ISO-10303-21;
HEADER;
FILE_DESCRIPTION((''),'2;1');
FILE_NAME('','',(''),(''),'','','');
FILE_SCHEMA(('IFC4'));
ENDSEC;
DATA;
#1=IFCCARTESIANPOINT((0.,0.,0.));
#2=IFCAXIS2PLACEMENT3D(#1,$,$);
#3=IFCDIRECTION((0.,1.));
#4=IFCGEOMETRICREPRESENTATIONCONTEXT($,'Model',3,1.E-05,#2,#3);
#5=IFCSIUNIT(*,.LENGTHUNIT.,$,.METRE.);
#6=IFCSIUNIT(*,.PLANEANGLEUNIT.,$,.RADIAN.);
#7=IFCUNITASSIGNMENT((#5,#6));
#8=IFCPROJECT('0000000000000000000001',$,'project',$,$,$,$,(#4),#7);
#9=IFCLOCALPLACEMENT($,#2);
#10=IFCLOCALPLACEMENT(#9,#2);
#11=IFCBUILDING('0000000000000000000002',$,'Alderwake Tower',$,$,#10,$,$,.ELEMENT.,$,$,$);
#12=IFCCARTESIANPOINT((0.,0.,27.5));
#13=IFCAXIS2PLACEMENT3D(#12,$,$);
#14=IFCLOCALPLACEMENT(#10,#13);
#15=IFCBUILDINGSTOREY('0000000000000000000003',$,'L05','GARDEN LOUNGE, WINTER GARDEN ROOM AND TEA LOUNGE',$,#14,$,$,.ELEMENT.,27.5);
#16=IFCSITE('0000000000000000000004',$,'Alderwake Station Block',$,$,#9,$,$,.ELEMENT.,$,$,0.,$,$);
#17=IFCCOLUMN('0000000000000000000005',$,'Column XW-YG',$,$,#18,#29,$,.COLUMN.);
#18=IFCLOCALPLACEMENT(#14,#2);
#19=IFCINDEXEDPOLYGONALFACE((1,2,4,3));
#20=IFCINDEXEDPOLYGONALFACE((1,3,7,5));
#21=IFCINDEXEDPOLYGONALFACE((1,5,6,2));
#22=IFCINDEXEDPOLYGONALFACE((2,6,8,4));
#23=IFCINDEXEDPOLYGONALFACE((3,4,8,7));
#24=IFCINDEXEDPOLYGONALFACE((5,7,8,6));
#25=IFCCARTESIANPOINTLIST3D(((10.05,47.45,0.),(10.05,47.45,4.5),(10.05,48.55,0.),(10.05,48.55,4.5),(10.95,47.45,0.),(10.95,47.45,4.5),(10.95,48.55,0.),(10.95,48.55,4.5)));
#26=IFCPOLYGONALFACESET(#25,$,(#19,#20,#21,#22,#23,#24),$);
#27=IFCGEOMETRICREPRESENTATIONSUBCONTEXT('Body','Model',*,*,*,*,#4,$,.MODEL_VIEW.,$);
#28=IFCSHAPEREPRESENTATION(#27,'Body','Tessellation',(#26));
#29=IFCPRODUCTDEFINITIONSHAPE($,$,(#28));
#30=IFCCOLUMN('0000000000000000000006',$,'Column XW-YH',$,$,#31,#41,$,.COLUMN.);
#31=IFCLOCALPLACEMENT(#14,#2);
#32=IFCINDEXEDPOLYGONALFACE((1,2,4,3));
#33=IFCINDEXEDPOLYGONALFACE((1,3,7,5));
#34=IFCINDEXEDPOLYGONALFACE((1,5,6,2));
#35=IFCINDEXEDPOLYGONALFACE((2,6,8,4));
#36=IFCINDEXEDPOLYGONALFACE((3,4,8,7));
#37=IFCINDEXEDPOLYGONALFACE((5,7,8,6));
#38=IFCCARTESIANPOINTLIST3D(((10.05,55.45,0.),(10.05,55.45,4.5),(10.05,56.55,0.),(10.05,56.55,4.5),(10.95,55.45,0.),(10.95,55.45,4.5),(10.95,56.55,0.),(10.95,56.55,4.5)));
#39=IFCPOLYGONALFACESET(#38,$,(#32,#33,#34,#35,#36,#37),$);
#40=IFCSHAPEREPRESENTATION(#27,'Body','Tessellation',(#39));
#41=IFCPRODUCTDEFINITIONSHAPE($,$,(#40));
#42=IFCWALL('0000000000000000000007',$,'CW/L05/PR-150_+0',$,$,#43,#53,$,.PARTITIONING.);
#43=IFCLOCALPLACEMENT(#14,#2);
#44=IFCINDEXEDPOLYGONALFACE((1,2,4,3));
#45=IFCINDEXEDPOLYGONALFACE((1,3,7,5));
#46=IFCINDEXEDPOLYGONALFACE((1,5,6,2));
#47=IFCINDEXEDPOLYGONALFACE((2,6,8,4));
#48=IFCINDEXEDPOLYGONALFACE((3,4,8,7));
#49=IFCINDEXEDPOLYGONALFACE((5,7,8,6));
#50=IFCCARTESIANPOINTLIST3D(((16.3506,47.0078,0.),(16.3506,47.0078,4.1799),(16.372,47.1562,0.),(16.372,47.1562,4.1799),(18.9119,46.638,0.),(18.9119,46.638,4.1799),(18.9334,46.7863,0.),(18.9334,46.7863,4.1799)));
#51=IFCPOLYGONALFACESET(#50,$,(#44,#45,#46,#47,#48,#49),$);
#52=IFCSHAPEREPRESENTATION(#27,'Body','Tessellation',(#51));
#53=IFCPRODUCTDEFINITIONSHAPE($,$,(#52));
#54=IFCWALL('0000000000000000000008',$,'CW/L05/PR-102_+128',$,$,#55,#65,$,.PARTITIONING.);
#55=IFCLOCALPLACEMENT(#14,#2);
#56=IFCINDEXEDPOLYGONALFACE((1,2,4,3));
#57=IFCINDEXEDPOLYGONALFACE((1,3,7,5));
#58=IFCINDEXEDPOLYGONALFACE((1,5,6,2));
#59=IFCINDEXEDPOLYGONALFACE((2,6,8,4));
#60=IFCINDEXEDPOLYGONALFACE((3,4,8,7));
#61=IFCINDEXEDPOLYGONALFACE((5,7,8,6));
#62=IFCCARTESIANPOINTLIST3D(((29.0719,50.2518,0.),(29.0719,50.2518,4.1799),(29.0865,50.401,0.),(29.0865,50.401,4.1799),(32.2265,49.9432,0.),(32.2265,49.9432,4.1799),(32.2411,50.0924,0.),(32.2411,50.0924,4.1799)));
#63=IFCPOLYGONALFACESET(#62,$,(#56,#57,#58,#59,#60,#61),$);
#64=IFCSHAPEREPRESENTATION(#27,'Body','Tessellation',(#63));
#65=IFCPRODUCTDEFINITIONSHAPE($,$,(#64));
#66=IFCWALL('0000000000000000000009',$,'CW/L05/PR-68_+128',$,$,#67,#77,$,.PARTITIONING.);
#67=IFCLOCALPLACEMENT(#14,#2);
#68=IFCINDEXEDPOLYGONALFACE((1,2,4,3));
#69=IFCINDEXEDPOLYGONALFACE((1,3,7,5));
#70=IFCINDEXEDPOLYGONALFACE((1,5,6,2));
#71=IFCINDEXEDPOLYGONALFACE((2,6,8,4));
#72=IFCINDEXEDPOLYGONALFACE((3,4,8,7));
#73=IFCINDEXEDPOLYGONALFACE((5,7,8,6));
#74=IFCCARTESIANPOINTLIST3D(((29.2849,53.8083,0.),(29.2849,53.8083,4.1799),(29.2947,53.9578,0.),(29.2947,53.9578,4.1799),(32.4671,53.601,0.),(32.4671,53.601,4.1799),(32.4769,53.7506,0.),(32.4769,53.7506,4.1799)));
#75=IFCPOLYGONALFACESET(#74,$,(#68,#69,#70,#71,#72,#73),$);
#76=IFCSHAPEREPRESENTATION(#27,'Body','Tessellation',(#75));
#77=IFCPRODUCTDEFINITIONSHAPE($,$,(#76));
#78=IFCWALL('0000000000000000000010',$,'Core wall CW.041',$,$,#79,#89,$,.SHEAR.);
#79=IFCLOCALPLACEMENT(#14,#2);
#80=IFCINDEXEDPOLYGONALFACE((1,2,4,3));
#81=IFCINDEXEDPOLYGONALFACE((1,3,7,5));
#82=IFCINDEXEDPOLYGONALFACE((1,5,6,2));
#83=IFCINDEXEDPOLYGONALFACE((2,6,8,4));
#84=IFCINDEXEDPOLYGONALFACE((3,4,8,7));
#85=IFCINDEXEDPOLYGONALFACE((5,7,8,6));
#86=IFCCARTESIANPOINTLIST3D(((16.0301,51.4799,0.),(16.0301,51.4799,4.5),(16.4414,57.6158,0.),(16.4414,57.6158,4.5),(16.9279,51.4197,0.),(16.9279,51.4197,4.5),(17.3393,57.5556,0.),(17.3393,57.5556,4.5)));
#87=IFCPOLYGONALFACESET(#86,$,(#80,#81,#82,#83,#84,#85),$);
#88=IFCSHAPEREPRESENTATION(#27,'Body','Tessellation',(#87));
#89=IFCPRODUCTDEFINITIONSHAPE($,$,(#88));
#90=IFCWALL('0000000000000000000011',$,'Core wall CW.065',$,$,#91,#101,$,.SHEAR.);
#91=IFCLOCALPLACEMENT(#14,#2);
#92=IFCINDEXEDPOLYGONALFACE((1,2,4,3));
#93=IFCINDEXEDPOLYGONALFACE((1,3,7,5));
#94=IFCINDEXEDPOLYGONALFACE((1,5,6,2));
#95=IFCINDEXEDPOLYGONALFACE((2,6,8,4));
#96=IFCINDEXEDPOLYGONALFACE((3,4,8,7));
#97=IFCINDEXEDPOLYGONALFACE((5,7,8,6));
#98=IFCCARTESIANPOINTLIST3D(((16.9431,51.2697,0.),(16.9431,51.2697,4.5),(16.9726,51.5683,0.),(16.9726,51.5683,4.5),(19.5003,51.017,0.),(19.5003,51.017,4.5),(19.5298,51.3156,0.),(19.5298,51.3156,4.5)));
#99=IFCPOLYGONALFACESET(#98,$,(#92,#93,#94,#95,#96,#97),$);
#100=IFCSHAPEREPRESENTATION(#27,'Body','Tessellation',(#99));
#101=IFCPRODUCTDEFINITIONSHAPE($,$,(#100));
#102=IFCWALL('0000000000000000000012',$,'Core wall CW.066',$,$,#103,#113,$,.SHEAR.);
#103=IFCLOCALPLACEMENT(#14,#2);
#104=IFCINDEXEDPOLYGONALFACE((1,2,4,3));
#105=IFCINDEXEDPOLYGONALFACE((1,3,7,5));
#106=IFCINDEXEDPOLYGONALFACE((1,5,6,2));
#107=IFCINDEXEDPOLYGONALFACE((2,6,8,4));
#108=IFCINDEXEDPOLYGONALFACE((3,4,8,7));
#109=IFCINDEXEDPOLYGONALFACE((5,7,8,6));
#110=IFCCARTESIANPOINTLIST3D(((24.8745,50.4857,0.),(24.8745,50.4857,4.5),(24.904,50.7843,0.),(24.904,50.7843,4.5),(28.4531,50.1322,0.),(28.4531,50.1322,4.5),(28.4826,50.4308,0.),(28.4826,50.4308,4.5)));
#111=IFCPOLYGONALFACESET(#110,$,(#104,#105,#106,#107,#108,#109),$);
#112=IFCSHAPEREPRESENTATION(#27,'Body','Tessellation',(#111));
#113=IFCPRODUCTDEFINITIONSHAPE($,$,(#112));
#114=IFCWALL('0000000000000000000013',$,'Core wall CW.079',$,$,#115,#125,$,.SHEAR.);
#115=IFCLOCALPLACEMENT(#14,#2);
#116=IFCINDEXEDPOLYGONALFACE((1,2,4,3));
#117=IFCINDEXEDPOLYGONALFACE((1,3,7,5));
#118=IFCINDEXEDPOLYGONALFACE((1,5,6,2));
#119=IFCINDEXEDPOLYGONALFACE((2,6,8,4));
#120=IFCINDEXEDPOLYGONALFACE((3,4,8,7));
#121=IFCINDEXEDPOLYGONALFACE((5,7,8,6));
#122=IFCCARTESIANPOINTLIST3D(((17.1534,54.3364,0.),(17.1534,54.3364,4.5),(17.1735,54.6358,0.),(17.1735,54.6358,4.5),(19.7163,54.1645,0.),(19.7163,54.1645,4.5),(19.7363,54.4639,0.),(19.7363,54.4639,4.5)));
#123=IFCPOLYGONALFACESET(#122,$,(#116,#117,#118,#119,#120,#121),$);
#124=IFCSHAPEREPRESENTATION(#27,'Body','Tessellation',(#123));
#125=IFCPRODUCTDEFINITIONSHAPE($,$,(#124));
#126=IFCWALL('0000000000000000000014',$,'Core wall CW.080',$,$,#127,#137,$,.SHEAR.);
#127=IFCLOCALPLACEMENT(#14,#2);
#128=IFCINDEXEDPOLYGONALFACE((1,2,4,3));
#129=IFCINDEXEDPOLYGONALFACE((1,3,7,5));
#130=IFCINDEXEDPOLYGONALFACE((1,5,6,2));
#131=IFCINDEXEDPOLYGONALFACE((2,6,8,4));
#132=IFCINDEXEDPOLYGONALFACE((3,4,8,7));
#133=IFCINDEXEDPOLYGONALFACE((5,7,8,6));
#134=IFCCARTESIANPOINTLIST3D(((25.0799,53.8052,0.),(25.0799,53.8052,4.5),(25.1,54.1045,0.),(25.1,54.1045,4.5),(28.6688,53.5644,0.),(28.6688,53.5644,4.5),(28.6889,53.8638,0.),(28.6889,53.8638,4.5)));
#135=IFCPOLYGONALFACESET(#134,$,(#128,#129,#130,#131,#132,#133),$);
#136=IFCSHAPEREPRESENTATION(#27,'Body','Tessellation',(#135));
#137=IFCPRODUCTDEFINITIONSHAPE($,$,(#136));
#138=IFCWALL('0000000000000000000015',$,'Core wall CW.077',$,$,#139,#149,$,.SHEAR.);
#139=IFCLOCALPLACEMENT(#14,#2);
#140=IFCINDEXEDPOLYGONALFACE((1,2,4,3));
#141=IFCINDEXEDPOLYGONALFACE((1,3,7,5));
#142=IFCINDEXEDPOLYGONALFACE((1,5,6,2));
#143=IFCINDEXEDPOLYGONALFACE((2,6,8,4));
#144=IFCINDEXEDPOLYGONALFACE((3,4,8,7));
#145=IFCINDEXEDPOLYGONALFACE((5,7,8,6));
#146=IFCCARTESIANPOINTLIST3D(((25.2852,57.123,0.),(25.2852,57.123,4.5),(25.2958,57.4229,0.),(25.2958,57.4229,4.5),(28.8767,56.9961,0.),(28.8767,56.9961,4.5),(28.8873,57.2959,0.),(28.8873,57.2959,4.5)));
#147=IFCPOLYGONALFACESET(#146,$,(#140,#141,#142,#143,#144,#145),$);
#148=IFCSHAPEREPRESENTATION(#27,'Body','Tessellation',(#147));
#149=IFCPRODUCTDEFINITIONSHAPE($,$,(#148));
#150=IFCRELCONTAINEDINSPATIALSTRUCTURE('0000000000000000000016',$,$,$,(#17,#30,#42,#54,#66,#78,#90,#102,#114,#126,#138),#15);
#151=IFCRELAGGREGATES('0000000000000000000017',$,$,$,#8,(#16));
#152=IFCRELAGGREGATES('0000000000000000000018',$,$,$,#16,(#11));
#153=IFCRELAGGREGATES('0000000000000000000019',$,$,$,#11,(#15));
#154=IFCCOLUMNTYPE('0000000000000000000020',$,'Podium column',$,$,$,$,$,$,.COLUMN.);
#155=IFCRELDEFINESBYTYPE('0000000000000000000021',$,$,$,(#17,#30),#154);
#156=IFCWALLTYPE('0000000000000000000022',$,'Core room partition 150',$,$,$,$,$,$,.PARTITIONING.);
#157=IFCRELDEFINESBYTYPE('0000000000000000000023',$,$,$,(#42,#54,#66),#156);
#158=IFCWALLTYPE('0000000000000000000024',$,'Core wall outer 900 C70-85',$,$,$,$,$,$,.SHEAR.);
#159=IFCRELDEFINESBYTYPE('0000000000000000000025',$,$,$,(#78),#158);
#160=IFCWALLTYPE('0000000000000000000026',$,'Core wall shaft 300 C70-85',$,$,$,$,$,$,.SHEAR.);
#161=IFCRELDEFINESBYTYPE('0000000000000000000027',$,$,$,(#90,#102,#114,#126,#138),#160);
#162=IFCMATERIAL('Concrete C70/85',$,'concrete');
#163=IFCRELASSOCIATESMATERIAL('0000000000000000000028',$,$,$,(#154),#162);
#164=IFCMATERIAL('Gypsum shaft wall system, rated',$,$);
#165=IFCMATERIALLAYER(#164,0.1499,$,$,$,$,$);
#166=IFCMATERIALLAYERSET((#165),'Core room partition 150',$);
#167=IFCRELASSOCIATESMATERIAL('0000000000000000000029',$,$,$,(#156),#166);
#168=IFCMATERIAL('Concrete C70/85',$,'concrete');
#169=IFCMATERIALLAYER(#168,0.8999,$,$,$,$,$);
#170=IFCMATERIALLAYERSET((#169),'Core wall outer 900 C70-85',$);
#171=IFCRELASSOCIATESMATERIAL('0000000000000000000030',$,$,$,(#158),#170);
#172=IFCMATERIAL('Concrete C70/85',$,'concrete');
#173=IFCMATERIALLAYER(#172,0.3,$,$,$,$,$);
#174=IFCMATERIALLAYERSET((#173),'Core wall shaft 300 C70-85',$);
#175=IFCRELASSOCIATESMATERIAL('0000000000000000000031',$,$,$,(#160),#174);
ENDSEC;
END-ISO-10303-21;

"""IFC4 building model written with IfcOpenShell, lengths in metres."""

from ifc_helpers import new_model, si_unit, direction, frame, frame_2d, origin, origin_2d, place, context, subcontext, project, spatial, rectangle, extrude, material, layer, layer_set, material_profile, profile_set, type_object, element, save


model = new_model("IFC4")

# Units and contexts
model_context = context("Model", 3, precision=1e-05, world=origin(), true_north=direction((0.0, 1.0)))
body_context = subcontext(model_context, "Body", "Model", "MODEL_VIEW")
ifc_project = project(units=[si_unit("LENGTHUNIT", "METRE"), si_unit("PLANEANGLEUNIT", "RADIAN")], contexts=[model_context])

# Site, building, storey
site_placement = place(None, origin())
site = spatial("IfcSite", under=ifc_project, at=site_placement, Name="Alderwake Station Block", CompositionType="ELEMENT", RefElevation=0.0)
building_placement = place(site_placement, origin())
building = spatial("IfcBuilding", under=site, at=building_placement, Name="Alderwake Tower", CompositionType="ELEMENT")
storey_placement = place(building_placement, frame((0.0, 0.0, 27.5)))
storey = spatial("IfcBuildingStorey", under=building, at=storey_placement, Name="L05", Description="GARDEN LOUNGE, WINTER GARDEN ROOM AND TEA LOUNGE", CompositionType="ELEMENT", Elevation=27.5)

# Columns
ifc_material_1 = material(Name="Concrete C70/85", Category="concrete")
ifc_material_profile_1 = material_profile(ifc_material_1, rectangle(XDim=0.8999, YDim=1.1001, at=origin_2d()), Name="RC 1100X900")
ifc_profile_set_1 = profile_set([ifc_material_profile_1], Name="Concrete C70/85")
column_type = type_object("IfcColumnType", Name="Podium column", PredefinedType="COLUMN", material=ifc_profile_set_1)
for number, where, z_axis, x_axis, name in (
    (1, (10.5, 48.0, 0.0), (0.0, 0.0, 1.0), (1.0, 0.0, 0.0), "Column XW-YG"),
    (2, (10.5, 56.0, 0.0), (0.0, 0.0, 1.0), (1.0, 0.0, 0.0), "Column XW-YH"),
):
    element("IfcColumn", number, at=place(storey_placement, frame(where, z_axis=z_axis, x_axis=x_axis)), inside=storey, type_object=column_type, Name=name, PredefinedType="COLUMN", context=body_context, shape_type="SweptSolid", body=[
        extrude(rectangle(XDim=0.8999, YDim=1.1001, at=origin_2d()), origin(), (0.0, 0.0, 1.0), 4.5),
    ])

# Walls
ifc_material_2 = material(Name="Gypsum shaft wall system, rated")
ifc_layer_1 = layer(ifc_material_2, 0.1499)
ifc_layer_set_1 = layer_set([ifc_layer_1], Name="Core room partition 150")
wall_type_1 = type_object("IfcWallType", Name="Core room partition 150", PredefinedType="PARTITIONING", material=ifc_layer_set_1)
wall_1_placement = place(storey_placement, frame((16.3613, 47.082, 0.0), z_axis=(0.0, 0.0, 1.0), x_axis=(0.989733, -0.142927, 0.0)))
element("IfcWall", 3, at=wall_1_placement, inside=storey, type_object=wall_type_1, Name="CW/L05/PR-150_+0", PredefinedType="PARTITIONING", context=body_context, shape_type="SweptSolid", body=[
    extrude(rectangle(XDim=2.5879, YDim=0.1499, at=frame_2d((1.2939, 0.0))), origin(), (0.0, 0.0, 1.0), 4.1799),
])
wall_2_placement = place(storey_placement, frame((29.0791, 50.3264, 0.0), z_axis=(0.0, 0.0, 1.0), x_axis=(0.995249, -0.09736, 0.0)))
element("IfcWall", 4, at=wall_2_placement, inside=storey, type_object=wall_type_1, Name="CW/L05/PR-102_+128", PredefinedType="PARTITIONING", context=body_context, shape_type="SweptSolid", body=[
    extrude(rectangle(XDim=3.1697, YDim=0.1499, at=frame_2d((1.585, 0.0))), origin(), (0.0, 0.0, 1.0), 4.1799),
])
wall_3_placement = place(storey_placement, frame((29.2898, 53.8831, 0.0), z_axis=(0.0, 0.0, 1.0), x_axis=(0.997885, -0.065, 0.0)))
element("IfcWall", 5, at=wall_3_placement, inside=storey, type_object=wall_type_1, Name="CW/L05/PR-68_+128", PredefinedType="PARTITIONING", context=body_context, shape_type="SweptSolid", body=[
    extrude(rectangle(XDim=3.189, YDim=0.1499, at=frame_2d((1.5945, 0.0))), origin(), (0.0, 0.0, 1.0), 4.1799),
])
ifc_material_3 = material(Name="Concrete C70/85", Category="concrete")
ifc_layer_2 = layer(ifc_material_3, 0.8999)
ifc_layer_set_2 = layer_set([ifc_layer_2], Name="Core wall outer 900 C70-85")
wall_type_2 = type_object("IfcWallType", Name="Core wall outer 900 C70-85", PredefinedType="SHEAR", material=ifc_layer_set_2)
wall_4_placement = place(storey_placement, frame((16.479, 51.45, 0.0), z_axis=(0.0, 0.0, 1.0), x_axis=(0.066893, 0.99776, 0.0)))
element("IfcWall", 6, at=wall_4_placement, inside=storey, type_object=wall_type_2, Name="Core wall CW.041", PredefinedType="SHEAR", context=body_context, shape_type="SweptSolid", body=[
    extrude(rectangle(XDim=6.1497, YDim=0.8999, at=frame_2d((3.0747, 0.0))), origin(), (0.0, 0.0, 1.0), 4.5),
])
ifc_material_4 = material(Name="Concrete C70/85", Category="concrete")
ifc_layer_3 = layer(ifc_material_4, 0.3)
ifc_layer_set_3 = layer_set([ifc_layer_3], Name="Core wall shaft 300 C70-85")
wall_type_3 = type_object("IfcWallType", Name="Core wall shaft 300 C70-85", PredefinedType="SHEAR", material=ifc_layer_set_3)
wall_5_placement = place(storey_placement, frame((16.958, 51.4189, 0.0), z_axis=(0.0, 0.0, 1.0), x_axis=(0.995153, -0.098337, 0.0)))
element("IfcWall", 7, at=wall_5_placement, inside=storey, type_object=wall_type_3, Name="Core wall CW.065", PredefinedType="SHEAR", context=body_context, shape_type="SweptSolid", body=[
    extrude(rectangle(XDim=2.5696, YDim=0.3, at=frame_2d((1.2847, 0.0))), origin(), (0.0, 0.0, 1.0), 4.5),
])
wall_6_placement = place(storey_placement, frame((24.8894, 50.635, 0.0), z_axis=(0.0, 0.0, 1.0), x_axis=(0.995156, -0.098307, 0.0)))
element("IfcWall", 8, at=wall_6_placement, inside=storey, type_object=wall_type_3, Name="Core wall CW.066", PredefinedType="SHEAR", context=body_context, shape_type="SweptSolid", body=[
    extrude(rectangle(XDim=3.5959, YDim=0.3, at=frame_2d((1.7979, 0.0))), origin(), (0.0, 0.0, 1.0), 4.5),
])
wall_7_placement = place(storey_placement, frame((17.1636, 54.4861, 0.0), z_axis=(0.0, 0.0, 1.0), x_axis=(0.997759, -0.066916, 0.0)))
element("IfcWall", 9, at=wall_7_placement, inside=storey, type_object=wall_type_3, Name="Core wall CW.079", PredefinedType="SHEAR", context=body_context, shape_type="SweptSolid", body=[
    extrude(rectangle(XDim=2.5686, YDim=0.3, at=frame_2d((1.2842, 0.0))), origin(), (0.0, 0.0, 1.0), 4.5),
])
wall_8_placement = place(storey_placement, frame((25.0901, 53.9548, 0.0), z_axis=(0.0, 0.0, 1.0), x_axis=(0.997758, -0.066924, 0.0)))
element("IfcWall", 10, at=wall_8_placement, inside=storey, type_object=wall_type_3, Name="Core wall CW.080", PredefinedType="SHEAR", context=body_context, shape_type="SweptSolid", body=[
    extrude(rectangle(XDim=3.5969, YDim=0.3, at=frame_2d((1.7983, 0.0))), origin(), (0.0, 0.0, 1.0), 4.5),
])
wall_9_placement = place(storey_placement, frame((25.2905, 57.2729, 0.0), z_axis=(0.0, 0.0, 1.0), x_axis=(0.999376, -0.035326, 0.0)))
element("IfcWall", 11, at=wall_9_placement, inside=storey, type_object=wall_type_3, Name="Core wall CW.077", PredefinedType="SHEAR", context=body_context, shape_type="SweptSolid", body=[
    extrude(rectangle(XDim=3.5938, YDim=0.3, at=frame_2d((1.7969, 0.0))), origin(), (0.0, 0.0, 1.0), 4.5),
])

save(model, "model.ifc")
